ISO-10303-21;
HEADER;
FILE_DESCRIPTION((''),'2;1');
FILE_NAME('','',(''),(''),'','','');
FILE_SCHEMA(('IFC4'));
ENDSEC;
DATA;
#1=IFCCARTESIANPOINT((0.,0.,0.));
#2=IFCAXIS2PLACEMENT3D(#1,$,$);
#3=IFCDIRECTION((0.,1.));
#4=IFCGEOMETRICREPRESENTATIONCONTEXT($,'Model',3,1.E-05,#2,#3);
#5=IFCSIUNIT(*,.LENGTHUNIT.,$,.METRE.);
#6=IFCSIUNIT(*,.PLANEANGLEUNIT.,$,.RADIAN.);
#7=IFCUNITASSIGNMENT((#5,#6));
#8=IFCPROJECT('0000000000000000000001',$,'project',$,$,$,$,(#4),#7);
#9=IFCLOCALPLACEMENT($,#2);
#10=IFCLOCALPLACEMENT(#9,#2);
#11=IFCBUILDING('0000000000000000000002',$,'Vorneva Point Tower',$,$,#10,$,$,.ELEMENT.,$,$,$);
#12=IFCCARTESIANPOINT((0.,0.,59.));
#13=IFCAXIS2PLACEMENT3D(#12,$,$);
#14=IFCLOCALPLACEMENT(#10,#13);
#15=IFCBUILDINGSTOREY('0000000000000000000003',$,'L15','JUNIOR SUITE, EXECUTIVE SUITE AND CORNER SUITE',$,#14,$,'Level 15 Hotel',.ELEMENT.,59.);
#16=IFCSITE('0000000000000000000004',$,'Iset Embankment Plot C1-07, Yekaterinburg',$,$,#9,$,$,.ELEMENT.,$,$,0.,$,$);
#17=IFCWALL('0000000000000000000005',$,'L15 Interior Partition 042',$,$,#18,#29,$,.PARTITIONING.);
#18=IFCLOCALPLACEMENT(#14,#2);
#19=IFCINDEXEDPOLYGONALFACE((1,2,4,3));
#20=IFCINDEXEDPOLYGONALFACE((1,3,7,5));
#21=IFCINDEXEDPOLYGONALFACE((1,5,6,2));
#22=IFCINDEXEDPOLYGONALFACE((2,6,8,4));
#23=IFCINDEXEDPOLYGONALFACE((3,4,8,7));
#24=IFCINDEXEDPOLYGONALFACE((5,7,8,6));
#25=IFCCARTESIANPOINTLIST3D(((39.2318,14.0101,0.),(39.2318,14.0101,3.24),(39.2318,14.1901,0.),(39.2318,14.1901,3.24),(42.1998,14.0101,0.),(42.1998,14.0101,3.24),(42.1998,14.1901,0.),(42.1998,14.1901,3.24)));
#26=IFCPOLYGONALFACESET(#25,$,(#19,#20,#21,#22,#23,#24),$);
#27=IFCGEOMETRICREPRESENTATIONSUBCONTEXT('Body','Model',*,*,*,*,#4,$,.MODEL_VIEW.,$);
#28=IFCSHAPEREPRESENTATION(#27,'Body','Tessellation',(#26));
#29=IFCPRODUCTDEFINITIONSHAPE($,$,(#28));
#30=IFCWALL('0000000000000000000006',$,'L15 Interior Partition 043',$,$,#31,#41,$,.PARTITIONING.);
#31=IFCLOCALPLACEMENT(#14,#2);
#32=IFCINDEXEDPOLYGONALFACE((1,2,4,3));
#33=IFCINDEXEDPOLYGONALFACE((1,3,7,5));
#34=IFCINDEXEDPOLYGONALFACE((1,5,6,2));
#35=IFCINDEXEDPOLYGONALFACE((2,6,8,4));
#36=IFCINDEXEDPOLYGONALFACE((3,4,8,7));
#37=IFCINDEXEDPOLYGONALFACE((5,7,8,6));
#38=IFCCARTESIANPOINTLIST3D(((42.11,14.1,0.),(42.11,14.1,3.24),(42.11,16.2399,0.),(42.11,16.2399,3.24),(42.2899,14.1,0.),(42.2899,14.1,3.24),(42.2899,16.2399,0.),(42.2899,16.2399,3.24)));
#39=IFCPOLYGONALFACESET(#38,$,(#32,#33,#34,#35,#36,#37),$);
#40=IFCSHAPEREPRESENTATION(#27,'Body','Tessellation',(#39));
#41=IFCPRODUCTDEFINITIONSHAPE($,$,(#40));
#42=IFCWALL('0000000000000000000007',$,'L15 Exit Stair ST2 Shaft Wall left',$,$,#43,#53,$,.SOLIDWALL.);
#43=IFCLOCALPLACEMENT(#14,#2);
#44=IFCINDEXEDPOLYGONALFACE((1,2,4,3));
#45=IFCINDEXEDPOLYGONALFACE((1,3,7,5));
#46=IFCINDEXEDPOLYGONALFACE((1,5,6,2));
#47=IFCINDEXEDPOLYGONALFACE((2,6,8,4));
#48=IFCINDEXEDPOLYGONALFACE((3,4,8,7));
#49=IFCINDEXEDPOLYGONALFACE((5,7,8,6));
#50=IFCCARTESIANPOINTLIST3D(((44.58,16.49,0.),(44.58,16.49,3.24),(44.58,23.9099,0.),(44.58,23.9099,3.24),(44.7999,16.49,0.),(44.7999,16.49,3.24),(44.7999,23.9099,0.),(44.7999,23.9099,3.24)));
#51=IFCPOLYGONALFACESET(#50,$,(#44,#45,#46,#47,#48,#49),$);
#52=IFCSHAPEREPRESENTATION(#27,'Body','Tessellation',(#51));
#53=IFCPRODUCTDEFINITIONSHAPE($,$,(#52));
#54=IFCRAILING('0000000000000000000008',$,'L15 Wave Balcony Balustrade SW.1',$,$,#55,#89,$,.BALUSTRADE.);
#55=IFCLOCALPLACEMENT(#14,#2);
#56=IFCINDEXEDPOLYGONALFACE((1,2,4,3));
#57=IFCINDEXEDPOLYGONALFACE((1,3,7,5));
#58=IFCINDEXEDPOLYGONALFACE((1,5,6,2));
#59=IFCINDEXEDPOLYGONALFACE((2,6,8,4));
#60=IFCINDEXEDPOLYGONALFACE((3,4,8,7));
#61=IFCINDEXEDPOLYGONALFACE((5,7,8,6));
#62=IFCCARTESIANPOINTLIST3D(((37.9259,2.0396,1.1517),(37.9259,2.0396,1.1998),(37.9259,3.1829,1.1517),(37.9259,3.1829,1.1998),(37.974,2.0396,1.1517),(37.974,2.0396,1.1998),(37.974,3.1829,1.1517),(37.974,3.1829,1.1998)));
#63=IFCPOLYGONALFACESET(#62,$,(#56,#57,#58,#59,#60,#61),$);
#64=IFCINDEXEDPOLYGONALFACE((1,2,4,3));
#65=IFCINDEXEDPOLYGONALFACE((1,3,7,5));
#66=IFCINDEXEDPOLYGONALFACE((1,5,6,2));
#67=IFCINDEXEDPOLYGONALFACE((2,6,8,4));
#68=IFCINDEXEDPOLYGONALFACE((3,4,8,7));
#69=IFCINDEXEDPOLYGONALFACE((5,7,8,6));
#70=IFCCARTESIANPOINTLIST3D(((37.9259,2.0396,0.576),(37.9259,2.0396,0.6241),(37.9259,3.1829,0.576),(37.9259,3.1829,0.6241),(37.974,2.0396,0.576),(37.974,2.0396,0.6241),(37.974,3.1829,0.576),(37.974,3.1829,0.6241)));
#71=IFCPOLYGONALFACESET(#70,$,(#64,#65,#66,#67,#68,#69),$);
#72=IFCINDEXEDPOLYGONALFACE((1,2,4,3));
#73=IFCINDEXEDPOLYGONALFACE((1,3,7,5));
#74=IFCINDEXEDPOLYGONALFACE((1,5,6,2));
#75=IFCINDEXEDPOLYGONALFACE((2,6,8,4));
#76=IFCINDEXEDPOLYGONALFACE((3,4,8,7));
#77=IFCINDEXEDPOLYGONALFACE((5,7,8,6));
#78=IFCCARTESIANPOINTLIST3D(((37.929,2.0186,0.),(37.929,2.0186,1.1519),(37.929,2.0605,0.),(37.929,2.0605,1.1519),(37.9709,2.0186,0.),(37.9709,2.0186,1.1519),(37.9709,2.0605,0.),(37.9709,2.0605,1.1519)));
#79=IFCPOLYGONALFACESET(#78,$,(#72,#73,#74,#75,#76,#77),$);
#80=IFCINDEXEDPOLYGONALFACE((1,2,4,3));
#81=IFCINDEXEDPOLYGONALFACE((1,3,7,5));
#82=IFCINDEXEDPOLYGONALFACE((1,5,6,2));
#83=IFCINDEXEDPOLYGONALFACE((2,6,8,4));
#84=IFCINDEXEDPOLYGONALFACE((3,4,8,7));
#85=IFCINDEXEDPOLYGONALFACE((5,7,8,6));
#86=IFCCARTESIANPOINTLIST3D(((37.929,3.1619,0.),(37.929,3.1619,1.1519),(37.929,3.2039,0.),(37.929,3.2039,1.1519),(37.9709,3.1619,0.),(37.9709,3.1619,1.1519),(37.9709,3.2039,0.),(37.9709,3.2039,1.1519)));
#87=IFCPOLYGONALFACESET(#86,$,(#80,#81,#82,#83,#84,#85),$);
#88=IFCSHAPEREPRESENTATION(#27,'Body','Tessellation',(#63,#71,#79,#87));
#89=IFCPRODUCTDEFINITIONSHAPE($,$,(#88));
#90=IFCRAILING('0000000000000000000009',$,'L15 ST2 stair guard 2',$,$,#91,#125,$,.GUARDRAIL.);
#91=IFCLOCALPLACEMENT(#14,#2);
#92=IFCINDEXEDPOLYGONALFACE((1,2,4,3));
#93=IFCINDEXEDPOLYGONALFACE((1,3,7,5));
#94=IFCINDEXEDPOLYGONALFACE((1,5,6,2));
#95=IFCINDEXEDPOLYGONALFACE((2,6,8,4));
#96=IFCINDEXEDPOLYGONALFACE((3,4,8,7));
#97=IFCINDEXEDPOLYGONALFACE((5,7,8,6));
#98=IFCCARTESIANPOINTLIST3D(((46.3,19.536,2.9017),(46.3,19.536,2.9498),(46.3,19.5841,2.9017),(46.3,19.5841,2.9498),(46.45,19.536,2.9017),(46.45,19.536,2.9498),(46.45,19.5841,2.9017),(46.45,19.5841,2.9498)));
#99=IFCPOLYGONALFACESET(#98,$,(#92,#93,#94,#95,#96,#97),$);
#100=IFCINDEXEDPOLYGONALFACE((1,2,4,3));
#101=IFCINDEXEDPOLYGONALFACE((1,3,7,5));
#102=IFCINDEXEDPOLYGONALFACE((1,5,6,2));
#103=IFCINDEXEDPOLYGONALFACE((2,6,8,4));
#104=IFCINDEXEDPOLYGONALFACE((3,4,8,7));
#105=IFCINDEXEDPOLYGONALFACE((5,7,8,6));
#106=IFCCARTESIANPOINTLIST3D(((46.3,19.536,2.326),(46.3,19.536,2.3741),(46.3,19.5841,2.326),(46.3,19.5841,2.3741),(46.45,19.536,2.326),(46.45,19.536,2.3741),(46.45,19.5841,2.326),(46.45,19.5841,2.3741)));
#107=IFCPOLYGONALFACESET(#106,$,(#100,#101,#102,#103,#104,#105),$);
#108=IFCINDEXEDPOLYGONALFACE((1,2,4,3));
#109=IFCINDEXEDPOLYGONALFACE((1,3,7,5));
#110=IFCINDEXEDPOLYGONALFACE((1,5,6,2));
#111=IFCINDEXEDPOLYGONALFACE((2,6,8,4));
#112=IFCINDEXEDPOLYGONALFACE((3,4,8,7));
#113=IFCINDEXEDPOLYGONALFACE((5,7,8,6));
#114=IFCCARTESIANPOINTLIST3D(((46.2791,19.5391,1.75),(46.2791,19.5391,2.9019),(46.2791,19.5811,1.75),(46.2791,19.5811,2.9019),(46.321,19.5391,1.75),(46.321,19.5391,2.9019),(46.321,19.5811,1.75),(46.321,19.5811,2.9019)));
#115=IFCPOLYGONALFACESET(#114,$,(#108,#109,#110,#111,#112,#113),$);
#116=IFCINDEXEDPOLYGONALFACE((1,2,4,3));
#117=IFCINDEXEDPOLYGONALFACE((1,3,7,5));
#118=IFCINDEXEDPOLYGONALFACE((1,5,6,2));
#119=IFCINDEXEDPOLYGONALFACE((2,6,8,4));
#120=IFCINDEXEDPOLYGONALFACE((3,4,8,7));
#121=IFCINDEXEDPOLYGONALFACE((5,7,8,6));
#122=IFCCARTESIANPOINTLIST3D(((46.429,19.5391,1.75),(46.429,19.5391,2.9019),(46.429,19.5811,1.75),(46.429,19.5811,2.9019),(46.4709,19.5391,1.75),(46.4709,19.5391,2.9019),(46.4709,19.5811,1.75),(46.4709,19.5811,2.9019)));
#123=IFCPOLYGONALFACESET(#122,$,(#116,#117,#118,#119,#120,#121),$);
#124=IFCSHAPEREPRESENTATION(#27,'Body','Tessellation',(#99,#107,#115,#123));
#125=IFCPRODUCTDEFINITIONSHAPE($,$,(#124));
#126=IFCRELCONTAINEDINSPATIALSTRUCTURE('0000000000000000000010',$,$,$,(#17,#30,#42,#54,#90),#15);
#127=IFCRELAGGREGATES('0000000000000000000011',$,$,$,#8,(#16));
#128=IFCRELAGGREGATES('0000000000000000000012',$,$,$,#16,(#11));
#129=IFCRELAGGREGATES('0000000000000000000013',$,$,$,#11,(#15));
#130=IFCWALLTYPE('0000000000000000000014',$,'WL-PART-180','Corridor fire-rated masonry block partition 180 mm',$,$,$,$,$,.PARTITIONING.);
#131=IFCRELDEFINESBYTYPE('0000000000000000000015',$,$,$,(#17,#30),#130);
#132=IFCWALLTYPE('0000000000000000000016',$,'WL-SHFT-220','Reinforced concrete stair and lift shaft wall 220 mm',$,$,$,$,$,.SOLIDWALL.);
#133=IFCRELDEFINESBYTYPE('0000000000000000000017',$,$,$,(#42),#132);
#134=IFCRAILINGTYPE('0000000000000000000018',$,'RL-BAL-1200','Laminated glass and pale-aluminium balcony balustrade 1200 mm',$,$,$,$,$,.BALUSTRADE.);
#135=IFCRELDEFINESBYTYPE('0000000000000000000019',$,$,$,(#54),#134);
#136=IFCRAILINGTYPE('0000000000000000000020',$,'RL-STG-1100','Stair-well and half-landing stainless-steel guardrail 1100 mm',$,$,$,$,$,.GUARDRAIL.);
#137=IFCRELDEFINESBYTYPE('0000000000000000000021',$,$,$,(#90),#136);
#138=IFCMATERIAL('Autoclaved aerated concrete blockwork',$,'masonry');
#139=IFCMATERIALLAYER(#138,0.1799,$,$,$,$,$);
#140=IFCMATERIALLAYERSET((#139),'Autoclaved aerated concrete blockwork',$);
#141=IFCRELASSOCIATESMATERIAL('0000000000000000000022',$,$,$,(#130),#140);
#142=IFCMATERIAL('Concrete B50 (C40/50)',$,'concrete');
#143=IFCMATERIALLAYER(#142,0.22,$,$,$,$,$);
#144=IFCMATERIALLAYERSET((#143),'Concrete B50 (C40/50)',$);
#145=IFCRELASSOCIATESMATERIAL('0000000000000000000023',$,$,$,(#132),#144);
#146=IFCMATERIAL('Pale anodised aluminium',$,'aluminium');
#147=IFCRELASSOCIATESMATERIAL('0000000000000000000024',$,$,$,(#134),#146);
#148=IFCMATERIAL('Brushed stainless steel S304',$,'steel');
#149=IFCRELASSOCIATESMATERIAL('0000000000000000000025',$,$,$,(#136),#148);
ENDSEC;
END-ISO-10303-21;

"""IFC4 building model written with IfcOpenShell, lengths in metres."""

from ifc_helpers import new_model, si_unit, direction, frame, frame_2d, origin, origin_2d, place, context, subcontext, project, spatial, rectangle, extrude, material, layer, layer_set, type_object, element, save


model = new_model("IFC4")

# Units and contexts
model_context = context("Model", 3, precision=1e-05, world=origin(), true_north=direction((0.0, 1.0)))
body_context = subcontext(model_context, "Body", "Model", "MODEL_VIEW")
ifc_project = project(units=[si_unit("LENGTHUNIT", "METRE"), si_unit("PLANEANGLEUNIT", "RADIAN")], contexts=[model_context])

# Site, building, storey
site_placement = place(None, origin())
site = spatial("IfcSite", under=ifc_project, at=site_placement, Name="Iset Embankment Plot C1-07, Yekaterinburg", CompositionType="ELEMENT", RefElevation=0.0)
building_placement = place(site_placement, origin())
building = spatial("IfcBuilding", under=site, at=building_placement, Name="Vorneva Point Tower", CompositionType="ELEMENT")
storey_placement = place(building_placement, frame((0.0, 0.0, 59.0)))
storey = spatial("IfcBuildingStorey", under=building, at=storey_placement, Name="L15", Description="JUNIOR SUITE, EXECUTIVE SUITE AND CORNER SUITE", LongName="Level 15 Hotel", CompositionType="ELEMENT", Elevation=59.0)

# Shared definitions
ifc_material_1 = material(Name="Pale anodised aluminium", Category="aluminium")

# Shared definitions
ifc_material_2 = material(Name="Autoclaved aerated concrete blockwork", Category="masonry")
ifc_layer_1 = layer(ifc_material_2, 0.1799)
ifc_layer_set_1 = layer_set([ifc_layer_1], Name="Autoclaved aerated concrete blockwork")
wall_type_1 = type_object("IfcWallType", Name="WL-PART-180", Description="Corridor fire-rated masonry block partition 180 mm", PredefinedType="PARTITIONING", material=ifc_layer_set_1)

# Walls
wall_1_placement = place(storey_placement, frame((39.2319, 14.1001, 0.0), z_axis=(0.0, 0.0, 1.0), x_axis=(1.0, 0.0, 0.0)))
element("IfcWall", 1, at=wall_1_placement, inside=storey, type_object=wall_type_1, Name="L15 Interior Partition 042", PredefinedType="PARTITIONING", context=body_context, shape_type="SweptSolid", body=[
    extrude(rectangle(XDim=2.968, YDim=0.1799, at=frame_2d((1.4839, 0.0))), origin(), (0.0, 0.0, 1.0), 3.24),
])
wall_2_placement = place(storey_placement, frame((42.2, 14.1001, 0.0), z_axis=(0.0, 0.0, 1.0), x_axis=(0.0, 1.0, 0.0)))
element("IfcWall", 2, at=wall_2_placement, inside=storey, type_object=wall_type_1, Name="L15 Interior Partition 043", PredefinedType="PARTITIONING", context=body_context, shape_type="SweptSolid", body=[
    extrude(rectangle(XDim=2.1399, YDim=0.1799, at=frame_2d((1.0698, 0.0))), origin(), (0.0, 0.0, 1.0), 3.24),
])
ifc_material_3 = material(Name="Concrete B50 (C40/50)", Category="concrete")
ifc_layer_2 = layer(ifc_material_3, 0.22)
ifc_layer_set_2 = layer_set([ifc_layer_2], Name="Concrete B50 (C40/50)")
wall_type_2 = type_object("IfcWallType", Name="WL-SHFT-220", Description="Reinforced concrete stair and lift shaft wall 220 mm", PredefinedType="SOLIDWALL", material=ifc_layer_set_2)
wall_3_placement = place(storey_placement, frame((44.6899, 16.49, 0.0), z_axis=(0.0, 0.0, 1.0), x_axis=(0.0, 1.0, 0.0)))
element("IfcWall", 3, at=wall_3_placement, inside=storey, type_object=wall_type_2, Name="L15 Exit Stair ST2 Shaft Wall left", PredefinedType="SOLIDWALL", context=body_context, shape_type="SweptSolid", body=[
    extrude(rectangle(XDim=7.4199, YDim=0.22, at=frame_2d((3.71, 0.0))), origin(), (0.0, 0.0, 1.0), 3.24),
])

# Railings
railing_type_1 = type_object("IfcRailingType", Name="RL-BAL-1200", Description="Laminated glass and pale-aluminium balcony balustrade 1200 mm", PredefinedType="BALUSTRADE", material=ifc_material_1)
railing_1_placement = place(storey_placement, frame((37.95, 2.0396, 0.0)))
element("IfcRailing", 4, at=railing_1_placement, inside=storey, type_object=railing_type_1, Name="L15 Wave Balcony Balustrade SW.1", PredefinedType="BALUSTRADE", context=body_context, shape_type="SweptSolid", body=[
    extrude(rectangle(XDim=0.0481, YDim=0.0481, at=origin_2d()), frame((0.0, 0.0, 1.1758), z_axis=(0.0, 1.0, 0.0), x_axis=(-1.0, 0.0, 0.0)), (0.0, 0.0, 1.0), 1.1433),
    extrude(rectangle(XDim=0.0481, YDim=0.0481, at=origin_2d()), frame((0.0, 0.0, 0.6001), z_axis=(0.0, 1.0, 0.0), x_axis=(-1.0, 0.0, 0.0)), (0.0, 0.0, 1.0), 1.1433),
    extrude(rectangle(XDim=0.042, YDim=0.042, at=origin_2d()), origin(), (0.0, 0.0, 1.0), 1.1519),
    extrude(rectangle(XDim=0.042, YDim=0.042, at=origin_2d()), frame((0.0, 1.1433, 0.0)), (0.0, 0.0, 1.0), 1.1519),
])
ifc_material_4 = material(Name="Brushed stainless steel S304", Category="steel")
railing_type_2 = type_object("IfcRailingType", Name="RL-STG-1100", Description="Stair-well and half-landing stainless-steel guardrail 1100 mm", PredefinedType="GUARDRAIL", material=ifc_material_4)
railing_2_placement = place(storey_placement, frame((46.3, 19.5601, 1.75)))
element("IfcRailing", 5, at=railing_2_placement, inside=storey, type_object=railing_type_2, Name="L15 ST2 stair guard 2", PredefinedType="GUARDRAIL", context=body_context, shape_type="SweptSolid", body=[
    extrude(rectangle(XDim=0.0481, YDim=0.0481, at=origin_2d()), frame((0.0, 0.0, 1.1758), z_axis=(1.0, 0.0, 0.0), x_axis=(0.0, 1.0, 0.0)), (0.0, 0.0, 1.0), 0.1499),
    extrude(rectangle(XDim=0.0481, YDim=0.0481, at=origin_2d()), frame((0.0, 0.0, 0.6001), z_axis=(1.0, 0.0, 0.0), x_axis=(0.0, 1.0, 0.0)), (0.0, 0.0, 1.0), 0.1499),
    extrude(rectangle(XDim=0.042, YDim=0.042, at=origin_2d()), origin(), (0.0, 0.0, 1.0), 1.1519),
    extrude(rectangle(XDim=0.042, YDim=0.042, at=origin_2d()), frame((0.1499, 0.0, 0.0)), (0.0, 0.0, 1.0), 1.1519),
])

save(model, "model.ifc")
